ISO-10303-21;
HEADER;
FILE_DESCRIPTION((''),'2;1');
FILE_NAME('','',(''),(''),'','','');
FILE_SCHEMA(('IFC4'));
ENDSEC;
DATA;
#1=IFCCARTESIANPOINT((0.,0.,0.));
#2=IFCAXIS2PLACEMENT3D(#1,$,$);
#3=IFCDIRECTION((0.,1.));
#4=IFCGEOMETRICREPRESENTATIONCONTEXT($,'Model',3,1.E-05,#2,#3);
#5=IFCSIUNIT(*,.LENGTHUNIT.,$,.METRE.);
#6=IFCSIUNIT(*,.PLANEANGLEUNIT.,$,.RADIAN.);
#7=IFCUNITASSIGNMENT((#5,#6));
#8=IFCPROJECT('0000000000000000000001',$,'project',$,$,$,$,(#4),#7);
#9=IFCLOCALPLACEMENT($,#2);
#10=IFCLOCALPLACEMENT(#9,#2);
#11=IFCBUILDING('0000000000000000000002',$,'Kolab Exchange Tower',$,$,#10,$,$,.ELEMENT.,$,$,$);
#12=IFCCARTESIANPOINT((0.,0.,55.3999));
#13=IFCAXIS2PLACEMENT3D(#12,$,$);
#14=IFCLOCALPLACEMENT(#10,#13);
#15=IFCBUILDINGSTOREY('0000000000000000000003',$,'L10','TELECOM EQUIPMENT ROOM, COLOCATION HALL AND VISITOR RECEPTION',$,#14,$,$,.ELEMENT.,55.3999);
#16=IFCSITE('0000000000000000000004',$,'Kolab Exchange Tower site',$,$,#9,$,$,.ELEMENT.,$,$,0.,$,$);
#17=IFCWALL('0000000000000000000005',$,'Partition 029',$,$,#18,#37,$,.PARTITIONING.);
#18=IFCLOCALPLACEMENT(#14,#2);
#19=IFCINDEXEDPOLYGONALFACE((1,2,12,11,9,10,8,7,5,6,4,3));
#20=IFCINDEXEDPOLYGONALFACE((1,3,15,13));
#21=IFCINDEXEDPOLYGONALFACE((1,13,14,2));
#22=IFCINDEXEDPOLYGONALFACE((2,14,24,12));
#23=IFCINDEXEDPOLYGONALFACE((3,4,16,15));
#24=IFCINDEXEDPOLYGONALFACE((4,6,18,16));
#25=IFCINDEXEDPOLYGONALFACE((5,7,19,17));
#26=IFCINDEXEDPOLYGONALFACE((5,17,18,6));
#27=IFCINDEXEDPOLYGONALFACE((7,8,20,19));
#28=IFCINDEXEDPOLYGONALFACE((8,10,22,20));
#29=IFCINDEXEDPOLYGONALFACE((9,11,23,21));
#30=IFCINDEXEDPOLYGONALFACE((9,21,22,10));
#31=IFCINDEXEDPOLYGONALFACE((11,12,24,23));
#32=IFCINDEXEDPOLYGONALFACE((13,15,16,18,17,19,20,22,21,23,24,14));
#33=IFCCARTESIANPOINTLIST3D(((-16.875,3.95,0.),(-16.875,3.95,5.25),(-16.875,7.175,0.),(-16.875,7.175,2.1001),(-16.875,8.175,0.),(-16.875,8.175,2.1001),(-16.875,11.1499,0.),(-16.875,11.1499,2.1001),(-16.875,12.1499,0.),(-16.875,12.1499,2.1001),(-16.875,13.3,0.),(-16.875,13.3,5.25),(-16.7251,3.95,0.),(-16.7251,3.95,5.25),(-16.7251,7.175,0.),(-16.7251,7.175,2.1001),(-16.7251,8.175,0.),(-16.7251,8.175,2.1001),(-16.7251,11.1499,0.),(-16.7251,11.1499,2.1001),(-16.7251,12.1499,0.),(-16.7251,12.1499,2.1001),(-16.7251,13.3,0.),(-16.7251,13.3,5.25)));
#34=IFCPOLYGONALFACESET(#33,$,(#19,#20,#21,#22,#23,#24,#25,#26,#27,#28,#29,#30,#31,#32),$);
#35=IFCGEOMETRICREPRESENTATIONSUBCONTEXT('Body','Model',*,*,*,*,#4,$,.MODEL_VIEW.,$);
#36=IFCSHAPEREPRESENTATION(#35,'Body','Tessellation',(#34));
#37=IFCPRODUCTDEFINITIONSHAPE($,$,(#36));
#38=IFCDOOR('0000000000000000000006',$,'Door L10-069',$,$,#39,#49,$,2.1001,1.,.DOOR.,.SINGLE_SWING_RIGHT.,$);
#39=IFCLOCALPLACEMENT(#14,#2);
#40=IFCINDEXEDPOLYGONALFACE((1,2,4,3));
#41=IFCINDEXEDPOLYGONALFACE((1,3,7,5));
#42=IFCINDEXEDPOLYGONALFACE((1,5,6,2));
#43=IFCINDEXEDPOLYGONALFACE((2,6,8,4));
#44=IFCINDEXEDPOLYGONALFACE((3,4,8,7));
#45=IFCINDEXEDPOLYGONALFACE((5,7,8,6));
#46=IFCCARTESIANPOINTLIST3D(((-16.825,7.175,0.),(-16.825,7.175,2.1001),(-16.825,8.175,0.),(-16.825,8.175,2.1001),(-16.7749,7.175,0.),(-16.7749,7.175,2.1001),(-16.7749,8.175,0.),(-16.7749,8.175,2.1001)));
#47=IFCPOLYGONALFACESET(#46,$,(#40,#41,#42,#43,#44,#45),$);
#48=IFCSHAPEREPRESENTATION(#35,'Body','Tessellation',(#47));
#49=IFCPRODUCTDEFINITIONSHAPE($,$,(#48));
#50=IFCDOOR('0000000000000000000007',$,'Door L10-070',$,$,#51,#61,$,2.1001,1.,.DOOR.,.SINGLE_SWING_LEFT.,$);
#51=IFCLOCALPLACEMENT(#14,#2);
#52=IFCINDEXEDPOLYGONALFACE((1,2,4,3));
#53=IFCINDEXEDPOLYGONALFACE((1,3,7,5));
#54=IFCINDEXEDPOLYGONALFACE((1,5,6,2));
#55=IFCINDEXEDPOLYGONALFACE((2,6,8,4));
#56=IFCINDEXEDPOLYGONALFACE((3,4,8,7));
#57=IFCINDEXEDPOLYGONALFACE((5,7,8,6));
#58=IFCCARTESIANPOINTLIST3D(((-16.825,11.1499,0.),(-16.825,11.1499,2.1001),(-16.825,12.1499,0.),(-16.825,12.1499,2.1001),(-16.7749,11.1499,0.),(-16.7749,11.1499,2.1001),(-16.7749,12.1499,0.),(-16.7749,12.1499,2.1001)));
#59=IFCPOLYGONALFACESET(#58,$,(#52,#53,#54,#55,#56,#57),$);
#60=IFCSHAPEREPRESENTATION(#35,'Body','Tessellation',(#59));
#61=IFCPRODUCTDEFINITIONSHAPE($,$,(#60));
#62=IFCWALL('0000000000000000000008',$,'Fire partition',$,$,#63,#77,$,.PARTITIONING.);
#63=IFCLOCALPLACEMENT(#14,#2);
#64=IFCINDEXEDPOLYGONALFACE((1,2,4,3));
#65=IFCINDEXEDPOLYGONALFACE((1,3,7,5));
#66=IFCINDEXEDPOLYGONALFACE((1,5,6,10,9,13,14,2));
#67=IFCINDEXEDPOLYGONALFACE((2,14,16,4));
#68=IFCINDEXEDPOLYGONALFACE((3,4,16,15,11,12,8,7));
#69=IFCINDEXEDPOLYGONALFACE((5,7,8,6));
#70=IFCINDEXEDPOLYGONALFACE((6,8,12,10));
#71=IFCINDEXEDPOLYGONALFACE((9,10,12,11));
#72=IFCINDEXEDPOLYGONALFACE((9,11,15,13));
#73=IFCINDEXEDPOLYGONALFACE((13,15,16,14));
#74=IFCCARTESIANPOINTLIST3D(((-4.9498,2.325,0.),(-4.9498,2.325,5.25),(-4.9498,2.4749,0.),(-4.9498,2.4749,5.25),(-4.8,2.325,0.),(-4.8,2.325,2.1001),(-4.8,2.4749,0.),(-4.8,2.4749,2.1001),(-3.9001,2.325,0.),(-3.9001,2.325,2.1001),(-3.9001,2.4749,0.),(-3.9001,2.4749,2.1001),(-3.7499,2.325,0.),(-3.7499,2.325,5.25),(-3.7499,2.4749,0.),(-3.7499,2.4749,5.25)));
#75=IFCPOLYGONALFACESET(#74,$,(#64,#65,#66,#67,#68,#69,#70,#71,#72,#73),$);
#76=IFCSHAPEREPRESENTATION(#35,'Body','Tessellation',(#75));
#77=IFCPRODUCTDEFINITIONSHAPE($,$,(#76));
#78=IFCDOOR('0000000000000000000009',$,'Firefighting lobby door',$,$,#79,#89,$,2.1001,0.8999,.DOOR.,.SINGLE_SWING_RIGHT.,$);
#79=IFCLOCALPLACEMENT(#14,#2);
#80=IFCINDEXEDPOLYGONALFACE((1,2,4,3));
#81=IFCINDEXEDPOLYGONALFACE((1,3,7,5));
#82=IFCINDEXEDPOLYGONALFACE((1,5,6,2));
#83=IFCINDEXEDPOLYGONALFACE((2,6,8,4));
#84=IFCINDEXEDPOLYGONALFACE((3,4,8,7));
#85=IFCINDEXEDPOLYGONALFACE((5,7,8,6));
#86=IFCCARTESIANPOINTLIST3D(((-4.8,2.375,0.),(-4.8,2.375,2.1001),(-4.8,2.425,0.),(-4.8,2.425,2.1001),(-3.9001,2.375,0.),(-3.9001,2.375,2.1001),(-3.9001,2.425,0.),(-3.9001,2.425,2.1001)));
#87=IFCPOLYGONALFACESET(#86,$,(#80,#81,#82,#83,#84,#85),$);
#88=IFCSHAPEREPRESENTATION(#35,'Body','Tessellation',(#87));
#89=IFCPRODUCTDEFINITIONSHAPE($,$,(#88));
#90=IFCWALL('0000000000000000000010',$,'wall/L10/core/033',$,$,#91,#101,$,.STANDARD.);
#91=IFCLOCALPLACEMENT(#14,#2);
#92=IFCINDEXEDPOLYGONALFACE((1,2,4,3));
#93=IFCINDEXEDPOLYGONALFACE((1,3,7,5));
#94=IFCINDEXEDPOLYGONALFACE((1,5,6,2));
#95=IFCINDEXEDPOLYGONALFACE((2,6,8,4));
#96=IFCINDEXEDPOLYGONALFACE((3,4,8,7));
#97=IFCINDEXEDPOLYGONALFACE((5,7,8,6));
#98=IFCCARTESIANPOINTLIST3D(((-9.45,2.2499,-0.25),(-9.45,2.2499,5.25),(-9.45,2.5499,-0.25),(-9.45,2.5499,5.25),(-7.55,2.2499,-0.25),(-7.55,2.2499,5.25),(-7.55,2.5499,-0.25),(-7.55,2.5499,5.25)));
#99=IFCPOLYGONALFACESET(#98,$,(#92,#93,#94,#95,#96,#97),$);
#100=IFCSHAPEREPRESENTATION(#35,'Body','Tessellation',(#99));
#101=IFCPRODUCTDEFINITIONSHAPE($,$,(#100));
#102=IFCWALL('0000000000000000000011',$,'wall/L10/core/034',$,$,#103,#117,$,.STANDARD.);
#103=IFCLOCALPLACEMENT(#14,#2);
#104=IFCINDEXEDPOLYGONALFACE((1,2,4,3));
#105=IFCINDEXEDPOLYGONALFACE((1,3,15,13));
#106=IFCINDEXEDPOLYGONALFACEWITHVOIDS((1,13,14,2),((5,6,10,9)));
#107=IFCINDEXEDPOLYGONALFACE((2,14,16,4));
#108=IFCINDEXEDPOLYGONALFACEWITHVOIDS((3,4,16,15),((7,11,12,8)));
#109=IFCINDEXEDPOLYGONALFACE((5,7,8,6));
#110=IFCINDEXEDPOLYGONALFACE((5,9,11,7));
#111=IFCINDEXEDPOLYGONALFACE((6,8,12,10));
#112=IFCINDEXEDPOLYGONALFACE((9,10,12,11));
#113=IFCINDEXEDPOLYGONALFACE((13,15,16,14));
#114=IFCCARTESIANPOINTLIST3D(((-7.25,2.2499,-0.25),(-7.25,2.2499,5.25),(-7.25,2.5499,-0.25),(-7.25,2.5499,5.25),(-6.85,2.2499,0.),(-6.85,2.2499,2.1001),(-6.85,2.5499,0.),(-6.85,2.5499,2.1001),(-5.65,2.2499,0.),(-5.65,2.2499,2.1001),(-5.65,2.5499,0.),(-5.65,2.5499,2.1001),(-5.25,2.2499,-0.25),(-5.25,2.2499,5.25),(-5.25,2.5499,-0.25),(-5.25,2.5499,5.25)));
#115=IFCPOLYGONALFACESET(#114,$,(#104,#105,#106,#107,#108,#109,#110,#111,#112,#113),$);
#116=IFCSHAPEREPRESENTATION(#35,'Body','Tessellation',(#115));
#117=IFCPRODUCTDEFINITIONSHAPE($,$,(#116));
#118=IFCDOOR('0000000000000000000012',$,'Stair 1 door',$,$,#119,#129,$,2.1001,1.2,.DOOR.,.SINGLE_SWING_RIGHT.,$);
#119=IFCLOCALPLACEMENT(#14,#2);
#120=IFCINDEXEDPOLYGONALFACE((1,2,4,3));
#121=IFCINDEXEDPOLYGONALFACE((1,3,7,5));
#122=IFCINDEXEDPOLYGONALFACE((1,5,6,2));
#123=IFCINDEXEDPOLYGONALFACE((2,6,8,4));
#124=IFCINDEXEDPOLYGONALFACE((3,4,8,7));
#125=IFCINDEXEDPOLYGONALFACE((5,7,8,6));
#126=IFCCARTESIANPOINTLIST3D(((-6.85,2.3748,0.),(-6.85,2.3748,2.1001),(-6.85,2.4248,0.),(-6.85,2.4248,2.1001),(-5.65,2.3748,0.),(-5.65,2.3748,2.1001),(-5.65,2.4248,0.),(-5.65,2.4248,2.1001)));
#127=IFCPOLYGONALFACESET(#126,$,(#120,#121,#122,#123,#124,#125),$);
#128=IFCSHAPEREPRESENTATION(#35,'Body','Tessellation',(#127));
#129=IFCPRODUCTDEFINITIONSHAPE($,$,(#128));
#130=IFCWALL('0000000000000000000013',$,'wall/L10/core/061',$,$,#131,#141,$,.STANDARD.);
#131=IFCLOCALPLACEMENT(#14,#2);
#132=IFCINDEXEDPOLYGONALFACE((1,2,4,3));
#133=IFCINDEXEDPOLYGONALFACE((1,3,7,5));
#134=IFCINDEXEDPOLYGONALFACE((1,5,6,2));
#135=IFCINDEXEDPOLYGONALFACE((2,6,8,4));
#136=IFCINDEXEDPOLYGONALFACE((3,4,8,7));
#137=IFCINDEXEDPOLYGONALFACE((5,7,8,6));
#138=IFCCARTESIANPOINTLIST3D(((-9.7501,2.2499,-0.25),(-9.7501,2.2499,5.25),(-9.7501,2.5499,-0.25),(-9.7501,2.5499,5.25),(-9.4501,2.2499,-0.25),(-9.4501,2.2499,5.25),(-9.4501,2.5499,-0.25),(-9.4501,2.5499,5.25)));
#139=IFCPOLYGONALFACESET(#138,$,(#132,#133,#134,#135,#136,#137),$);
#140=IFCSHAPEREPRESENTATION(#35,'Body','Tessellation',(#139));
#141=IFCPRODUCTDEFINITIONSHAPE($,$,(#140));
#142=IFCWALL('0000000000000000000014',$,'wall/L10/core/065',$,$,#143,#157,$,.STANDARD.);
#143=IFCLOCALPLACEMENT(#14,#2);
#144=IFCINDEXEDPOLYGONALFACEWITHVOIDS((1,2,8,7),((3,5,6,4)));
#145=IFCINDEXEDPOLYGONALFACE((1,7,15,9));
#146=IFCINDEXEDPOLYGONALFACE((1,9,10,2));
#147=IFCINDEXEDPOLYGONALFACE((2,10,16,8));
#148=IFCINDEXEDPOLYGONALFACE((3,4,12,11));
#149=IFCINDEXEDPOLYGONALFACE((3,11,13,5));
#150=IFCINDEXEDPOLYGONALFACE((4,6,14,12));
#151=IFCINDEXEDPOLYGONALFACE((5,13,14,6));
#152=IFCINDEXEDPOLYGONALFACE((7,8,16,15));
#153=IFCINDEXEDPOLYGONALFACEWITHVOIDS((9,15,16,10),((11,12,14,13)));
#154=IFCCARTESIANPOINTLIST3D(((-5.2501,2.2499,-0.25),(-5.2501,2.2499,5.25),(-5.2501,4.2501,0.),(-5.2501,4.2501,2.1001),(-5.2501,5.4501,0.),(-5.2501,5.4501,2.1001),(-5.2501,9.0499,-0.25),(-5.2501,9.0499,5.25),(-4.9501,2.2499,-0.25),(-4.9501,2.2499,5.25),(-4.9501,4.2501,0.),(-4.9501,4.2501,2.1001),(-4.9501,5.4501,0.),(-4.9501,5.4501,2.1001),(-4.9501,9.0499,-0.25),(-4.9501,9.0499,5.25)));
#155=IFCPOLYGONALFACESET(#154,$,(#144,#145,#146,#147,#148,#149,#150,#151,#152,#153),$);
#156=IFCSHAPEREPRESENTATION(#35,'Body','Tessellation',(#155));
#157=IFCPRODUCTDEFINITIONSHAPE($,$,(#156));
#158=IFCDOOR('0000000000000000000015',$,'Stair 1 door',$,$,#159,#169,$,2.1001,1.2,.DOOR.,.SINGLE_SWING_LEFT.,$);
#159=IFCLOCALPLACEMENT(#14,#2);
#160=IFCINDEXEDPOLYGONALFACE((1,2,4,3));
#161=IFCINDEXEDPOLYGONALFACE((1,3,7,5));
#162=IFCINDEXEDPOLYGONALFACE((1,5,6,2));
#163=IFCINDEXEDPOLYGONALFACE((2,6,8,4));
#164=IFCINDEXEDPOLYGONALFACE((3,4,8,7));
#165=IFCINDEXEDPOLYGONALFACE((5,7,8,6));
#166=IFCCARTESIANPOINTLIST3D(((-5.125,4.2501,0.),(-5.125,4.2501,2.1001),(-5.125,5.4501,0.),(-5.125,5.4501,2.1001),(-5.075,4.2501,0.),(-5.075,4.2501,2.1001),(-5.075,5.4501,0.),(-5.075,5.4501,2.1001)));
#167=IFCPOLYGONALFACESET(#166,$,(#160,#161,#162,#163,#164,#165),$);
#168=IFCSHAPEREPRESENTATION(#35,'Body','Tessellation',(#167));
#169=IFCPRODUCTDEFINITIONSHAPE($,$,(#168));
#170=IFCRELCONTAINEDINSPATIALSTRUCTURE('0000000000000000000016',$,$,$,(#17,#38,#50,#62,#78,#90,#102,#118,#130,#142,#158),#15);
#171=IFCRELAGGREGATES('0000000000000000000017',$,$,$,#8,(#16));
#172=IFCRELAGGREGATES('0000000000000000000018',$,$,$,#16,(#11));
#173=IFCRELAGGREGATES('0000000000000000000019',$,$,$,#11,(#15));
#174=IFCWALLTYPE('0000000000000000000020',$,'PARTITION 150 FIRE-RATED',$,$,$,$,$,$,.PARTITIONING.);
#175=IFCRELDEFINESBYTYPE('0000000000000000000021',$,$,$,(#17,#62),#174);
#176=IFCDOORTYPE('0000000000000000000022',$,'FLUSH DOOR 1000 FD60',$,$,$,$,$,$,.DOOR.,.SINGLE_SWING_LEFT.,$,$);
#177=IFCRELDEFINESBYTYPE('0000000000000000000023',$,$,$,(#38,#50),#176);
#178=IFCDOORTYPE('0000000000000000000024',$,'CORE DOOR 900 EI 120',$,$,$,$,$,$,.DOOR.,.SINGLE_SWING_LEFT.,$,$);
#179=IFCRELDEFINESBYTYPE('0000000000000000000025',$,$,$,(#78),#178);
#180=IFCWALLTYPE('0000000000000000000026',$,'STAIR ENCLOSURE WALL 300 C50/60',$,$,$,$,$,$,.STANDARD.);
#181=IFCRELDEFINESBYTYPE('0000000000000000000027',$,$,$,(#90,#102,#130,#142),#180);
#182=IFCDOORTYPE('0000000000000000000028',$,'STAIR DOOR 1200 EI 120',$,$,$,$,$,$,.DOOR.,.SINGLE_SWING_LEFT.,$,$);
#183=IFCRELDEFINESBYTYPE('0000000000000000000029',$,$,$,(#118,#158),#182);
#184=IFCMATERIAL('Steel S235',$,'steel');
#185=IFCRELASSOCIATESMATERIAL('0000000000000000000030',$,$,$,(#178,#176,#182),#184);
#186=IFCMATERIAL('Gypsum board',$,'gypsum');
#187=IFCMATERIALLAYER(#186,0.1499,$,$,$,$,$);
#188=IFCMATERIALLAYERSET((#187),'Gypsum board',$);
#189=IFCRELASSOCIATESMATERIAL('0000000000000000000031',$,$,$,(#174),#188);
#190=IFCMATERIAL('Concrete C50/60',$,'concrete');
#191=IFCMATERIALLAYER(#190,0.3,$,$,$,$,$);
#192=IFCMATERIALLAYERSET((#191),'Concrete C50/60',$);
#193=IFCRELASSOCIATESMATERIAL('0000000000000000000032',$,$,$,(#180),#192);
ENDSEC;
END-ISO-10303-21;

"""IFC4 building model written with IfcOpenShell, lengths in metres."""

from ifc_helpers import new_model, si_unit, direction, frame, frame_2d, origin, place, context, subcontext, project, spatial, rectangle, extrude, material, layer, layer_set, type_object, element, fill, save


model = new_model("IFC4")

# Units and contexts
model_context = context("Model", 3, precision=1e-05, world=origin(), true_north=direction((0.0, 1.0)))
body_context = subcontext(model_context, "Body", "Model", "MODEL_VIEW")
ifc_project = project(units=[si_unit("LENGTHUNIT", "METRE"), si_unit("PLANEANGLEUNIT", "RADIAN")], contexts=[model_context])

# Site, building, storey
site_placement = place(None, origin())
site = spatial("IfcSite", under=ifc_project, at=site_placement, Name="Kolab Exchange Tower site", CompositionType="ELEMENT", RefElevation=0.0)
building_placement = place(site_placement, origin())
building = spatial("IfcBuilding", under=site, at=building_placement, Name="Kolab Exchange Tower", CompositionType="ELEMENT")
storey_placement = place(building_placement, frame((0.0, 0.0, 55.3999)))
storey = spatial("IfcBuildingStorey", under=building, at=storey_placement, Name="L10", Description="TELECOM EQUIPMENT ROOM, COLOCATION HALL AND VISITOR RECEPTION", CompositionType="ELEMENT", Elevation=55.3999)

# Shared definitions
ifc_material_1 = material(Name="Steel S235", Category="steel")
door_type_1 = type_object("IfcDoorType", Name="CORE DOOR 900 EI 120", OperationType="SINGLE_SWING_LEFT", PredefinedType="DOOR", material=ifc_material_1)

# Shared definitions
ifc_material_2 = material(Name="Concrete C50/60", Category="concrete")

# Shared definitions
ifc_material_3 = material(Name="Gypsum board", Category="gypsum")

# Wall, openings, doors
ifc_layer_1 = layer(ifc_material_3, 0.1499)
ifc_layer_set_1 = layer_set([ifc_layer_1], Name="Gypsum board")
wall_type_1 = type_object("IfcWallType", Name="PARTITION 150 FIRE-RATED", PredefinedType="PARTITIONING", material=ifc_layer_set_1)
wall_1_placement = place(storey_placement, frame((-16.8, 3.95, 0.0), z_axis=(0.0, 0.0, 1.0), x_axis=(0.0, 1.0, 0.0)))
wall_1 = element("IfcWall", 1, at=wall_1_placement, inside=storey, type_object=wall_type_1, Name="Partition 029", PredefinedType="PARTITIONING", context=body_context, shape_type="SweptSolid", body=[
    extrude(rectangle(XDim=9.3501, YDim=0.1499, at=frame_2d((4.675, 0.0))), origin(), (0.0, 0.0, 1.0), 5.25),
])
opening_1_placement = place(wall_1_placement, frame((3.2251, 0.0, 0.0)))
opening_1 = element("IfcOpeningElement", 2, at=opening_1_placement, cuts=wall_1, PredefinedType="OPENING", context=body_context, shape_type="SweptSolid", body=[
    extrude(rectangle(XDim=1.0, YDim=2.1001, at=frame_2d((0.5, 1.05))), frame((0.0, 0.085, 0.0), z_axis=(0.0, -1.0, 0.0), x_axis=(1.0, 0.0, 0.0)), (0.0, 0.0, 1.0), 0.1699),
])
opening_2_placement = place(wall_1_placement, frame((7.2, 0.0, 0.0)))
opening_2 = element("IfcOpeningElement", 3, at=opening_2_placement, cuts=wall_1, PredefinedType="OPENING", context=body_context, shape_type="SweptSolid", body=[
    extrude(rectangle(XDim=1.0, YDim=2.1001, at=frame_2d((0.5, 1.05))), frame((0.0, 0.085, 0.0), z_axis=(0.0, -1.0, 0.0), x_axis=(1.0, 0.0, 0.0)), (0.0, 0.0, 1.0), 0.1699),
])
door_type_2 = type_object("IfcDoorType", Name="FLUSH DOOR 1000 FD60", OperationType="SINGLE_SWING_LEFT", PredefinedType="DOOR", material=ifc_material_1)
door_1_placement = place(opening_1_placement, origin())
door_1 = element("IfcDoor", 4, at=door_1_placement, inside=storey, type_object=door_type_2, Name="Door L10-069", OperationType="SINGLE_SWING_RIGHT", OverallHeight=2.1001, OverallWidth=1.0, PredefinedType="DOOR", context=body_context, shape_type="SweptSolid", body=[
    extrude(rectangle(XDim=1.0, YDim=2.1001, at=frame_2d((0.5, 1.05))), frame((0.0, 0.0249, 0.0), z_axis=(0.0, -1.0, 0.0), x_axis=(1.0, 0.0, 0.0)), (0.0, 0.0, 1.0), 0.05),
])
fill(opening_1, door_1)
door_2_placement = place(opening_2_placement, origin())
door_2 = element("IfcDoor", 5, at=door_2_placement, inside=storey, type_object=door_type_2, Name="Door L10-070", OperationType="SINGLE_SWING_LEFT", OverallHeight=2.1001, OverallWidth=1.0, PredefinedType="DOOR", context=body_context, shape_type="SweptSolid", body=[
    extrude(rectangle(XDim=1.0, YDim=2.1001, at=frame_2d((0.5, 1.05))), frame((0.0, 0.0249, 0.0), z_axis=(0.0, -1.0, 0.0), x_axis=(1.0, 0.0, 0.0)), (0.0, 0.0, 1.0), 0.05),
])
fill(opening_2, door_2)

# Wall, opening, door
wall_2_placement = place(storey_placement, frame((-4.95, 2.3999, 0.0), z_axis=(0.0, 0.0, 1.0), x_axis=(1.0, 0.0, 0.0)))
wall_2 = element("IfcWall", 6, at=wall_2_placement, inside=storey, type_object=wall_type_1, Name="Fire partition", PredefinedType="PARTITIONING", context=body_context, shape_type="SweptSolid", body=[
    extrude(rectangle(XDim=1.2, YDim=0.1499, at=frame_2d((0.6001, 0.0))), origin(), (0.0, 0.0, 1.0), 5.25),
])
opening_3_placement = place(wall_2_placement, frame((0.1499, 0.0, 0.0)))
opening_3 = element("IfcOpeningElement", 7, at=opening_3_placement, cuts=wall_2, PredefinedType="OPENING", context=body_context, shape_type="SweptSolid", body=[
    extrude(rectangle(XDim=0.8999, YDim=2.1001, at=frame_2d((0.45, 1.05))), frame((0.0, 0.085, 0.0), z_axis=(0.0, -1.0, 0.0), x_axis=(1.0, 0.0, 0.0)), (0.0, 0.0, 1.0), 0.1699),
])
door_3_placement = place(opening_3_placement, frame((0.8999, 0.0, 0.0), z_axis=(0.0, 0.0, 1.0), x_axis=(-1.0, 0.0, 0.0)))
door_3 = element("IfcDoor", 8, at=door_3_placement, inside=storey, type_object=door_type_1, Name="Firefighting lobby door", OperationType="SINGLE_SWING_RIGHT", OverallHeight=2.1001, OverallWidth=0.8999, PredefinedType="DOOR", context=body_context, shape_type="SweptSolid", body=[
    extrude(rectangle(XDim=0.8999, YDim=2.1001, at=frame_2d((0.45, 1.05))), frame((0.0, 0.0249, 0.0), z_axis=(0.0, -1.0, 0.0), x_axis=(1.0, 0.0, 0.0)), (0.0, 0.0, 1.0), 0.05),
])
fill(opening_3, door_3)

# Wall
ifc_layer_2 = layer(ifc_material_2, 0.3)
ifc_layer_set_2 = layer_set([ifc_layer_2], Name="Concrete C50/60")
wall_type_2 = type_object("IfcWallType", Name="STAIR ENCLOSURE WALL 300 C50/60", PredefinedType="STANDARD", material=ifc_layer_set_2)
wall_3_placement = place(storey_placement, frame((-9.45, 2.3999, -0.25), z_axis=(0.0, 0.0, 1.0), x_axis=(1.0, 0.0, 0.0)))
element("IfcWall", 9, at=wall_3_placement, inside=storey, type_object=wall_type_2, Name="wall/L10/core/033", PredefinedType="STANDARD", context=body_context, shape_type="SweptSolid", body=[
    extrude(rectangle(XDim=1.8999, YDim=0.3, at=frame_2d((0.95, 0.0))), origin(), (0.0, 0.0, 1.0), 5.5),
])

# Wall, opening, door
wall_4_placement = place(storey_placement, frame((-7.25, 2.3999, -0.25), z_axis=(0.0, 0.0, 1.0), x_axis=(1.0, 0.0, 0.0)))
wall_4 = element("IfcWall", 10, at=wall_4_placement, inside=storey, type_object=wall_type_2, Name="wall/L10/core/034", PredefinedType="STANDARD", context=body_context, shape_type="SweptSolid", body=[
    extrude(rectangle(XDim=2.0, YDim=0.3, at=frame_2d((1.0, 0.0))), origin(), (0.0, 0.0, 1.0), 5.5),
])
opening_4_placement = place(wall_4_placement, frame((0.3999, 0.0, 0.25)))
opening_4 = element("IfcOpeningElement", 11, at=opening_4_placement, cuts=wall_4, PredefinedType="OPENING", context=body_context, shape_type="SweptSolid", body=[
    extrude(rectangle(XDim=1.2, YDim=2.1001, at=frame_2d((0.6001, 1.05))), frame((0.0, 0.1602, 0.0), z_axis=(0.0, -1.0, 0.0), x_axis=(1.0, 0.0, 0.0)), (0.0, 0.0, 1.0), 0.3201),
])
door_type_3 = type_object("IfcDoorType", Name="STAIR DOOR 1200 EI 120", OperationType="SINGLE_SWING_LEFT", PredefinedType="DOOR", material=ifc_material_1)
door_4_placement = place(opening_4_placement, origin())
door_4 = element("IfcDoor", 12, at=door_4_placement, inside=storey, type_object=door_type_3, Name="Stair 1 door", OperationType="SINGLE_SWING_RIGHT", OverallHeight=2.1001, OverallWidth=1.2, PredefinedType="DOOR", context=body_context, shape_type="SweptSolid", body=[
    extrude(rectangle(XDim=1.2, YDim=2.1001, at=frame_2d((0.6001, 1.05))), frame((0.0, 0.0249, 0.0), z_axis=(0.0, -1.0, 0.0), x_axis=(1.0, 0.0, 0.0)), (0.0, 0.0, 1.0), 0.05),
])
fill(opening_4, door_4)

# Wall
wall_5_placement = place(storey_placement, frame((-9.6001, 2.25, -0.25), z_axis=(0.0, 0.0, 1.0), x_axis=(0.0, 1.0, 0.0)))
element("IfcWall", 13, at=wall_5_placement, inside=storey, type_object=wall_type_2, Name="wall/L10/core/061", PredefinedType="STANDARD", context=body_context, shape_type="SweptSolid", body=[
    extrude(rectangle(XDim=0.3, YDim=0.3, at=frame_2d((0.1499, 0.0))), origin(), (0.0, 0.0, 1.0), 5.5),
])

# Wall, opening, door
wall_6_placement = place(storey_placement, frame((-5.1001, 2.25, -0.25), z_axis=(0.0, 0.0, 1.0), x_axis=(0.0, 1.0, 0.0)))
wall_6 = element("IfcWall", 14, at=wall_6_placement, inside=storey, type_object=wall_type_2, Name="wall/L10/core/065", PredefinedType="STANDARD", context=body_context, shape_type="SweptSolid", body=[
    extrude(rectangle(XDim=6.8, YDim=0.3, at=frame_2d((3.3999, 0.0))), origin(), (0.0, 0.0, 1.0), 5.5),
])
opening_5_placement = place(wall_6_placement, frame((2.0, 0.0, 0.25)))
opening_5 = element("IfcOpeningElement", 15, at=opening_5_placement, cuts=wall_6, PredefinedType="OPENING", context=body_context, shape_type="SweptSolid", body=[
    extrude(rectangle(XDim=1.2, YDim=2.1001, at=frame_2d((0.6001, 1.05))), frame((0.0, 0.1602, 0.0), z_axis=(0.0, -1.0, 0.0), x_axis=(1.0, 0.0, 0.0)), (0.0, 0.0, 1.0), 0.3201),
])
door_5_placement = place(opening_5_placement, origin())
door_5 = element("IfcDoor", 16, at=door_5_placement, inside=storey, type_object=door_type_3, Name="Stair 1 door", OperationType="SINGLE_SWING_LEFT", OverallHeight=2.1001, OverallWidth=1.2, PredefinedType="DOOR", context=body_context, shape_type="SweptSolid", body=[
    extrude(rectangle(XDim=1.2, YDim=2.1001, at=frame_2d((0.6001, 1.05))), frame((0.0, 0.0249, 0.0), z_axis=(0.0, -1.0, 0.0), x_axis=(1.0, 0.0, 0.0)), (0.0, 0.0, 1.0), 0.05),
])
fill(opening_5, door_5)

save(model, "model.ifc")
